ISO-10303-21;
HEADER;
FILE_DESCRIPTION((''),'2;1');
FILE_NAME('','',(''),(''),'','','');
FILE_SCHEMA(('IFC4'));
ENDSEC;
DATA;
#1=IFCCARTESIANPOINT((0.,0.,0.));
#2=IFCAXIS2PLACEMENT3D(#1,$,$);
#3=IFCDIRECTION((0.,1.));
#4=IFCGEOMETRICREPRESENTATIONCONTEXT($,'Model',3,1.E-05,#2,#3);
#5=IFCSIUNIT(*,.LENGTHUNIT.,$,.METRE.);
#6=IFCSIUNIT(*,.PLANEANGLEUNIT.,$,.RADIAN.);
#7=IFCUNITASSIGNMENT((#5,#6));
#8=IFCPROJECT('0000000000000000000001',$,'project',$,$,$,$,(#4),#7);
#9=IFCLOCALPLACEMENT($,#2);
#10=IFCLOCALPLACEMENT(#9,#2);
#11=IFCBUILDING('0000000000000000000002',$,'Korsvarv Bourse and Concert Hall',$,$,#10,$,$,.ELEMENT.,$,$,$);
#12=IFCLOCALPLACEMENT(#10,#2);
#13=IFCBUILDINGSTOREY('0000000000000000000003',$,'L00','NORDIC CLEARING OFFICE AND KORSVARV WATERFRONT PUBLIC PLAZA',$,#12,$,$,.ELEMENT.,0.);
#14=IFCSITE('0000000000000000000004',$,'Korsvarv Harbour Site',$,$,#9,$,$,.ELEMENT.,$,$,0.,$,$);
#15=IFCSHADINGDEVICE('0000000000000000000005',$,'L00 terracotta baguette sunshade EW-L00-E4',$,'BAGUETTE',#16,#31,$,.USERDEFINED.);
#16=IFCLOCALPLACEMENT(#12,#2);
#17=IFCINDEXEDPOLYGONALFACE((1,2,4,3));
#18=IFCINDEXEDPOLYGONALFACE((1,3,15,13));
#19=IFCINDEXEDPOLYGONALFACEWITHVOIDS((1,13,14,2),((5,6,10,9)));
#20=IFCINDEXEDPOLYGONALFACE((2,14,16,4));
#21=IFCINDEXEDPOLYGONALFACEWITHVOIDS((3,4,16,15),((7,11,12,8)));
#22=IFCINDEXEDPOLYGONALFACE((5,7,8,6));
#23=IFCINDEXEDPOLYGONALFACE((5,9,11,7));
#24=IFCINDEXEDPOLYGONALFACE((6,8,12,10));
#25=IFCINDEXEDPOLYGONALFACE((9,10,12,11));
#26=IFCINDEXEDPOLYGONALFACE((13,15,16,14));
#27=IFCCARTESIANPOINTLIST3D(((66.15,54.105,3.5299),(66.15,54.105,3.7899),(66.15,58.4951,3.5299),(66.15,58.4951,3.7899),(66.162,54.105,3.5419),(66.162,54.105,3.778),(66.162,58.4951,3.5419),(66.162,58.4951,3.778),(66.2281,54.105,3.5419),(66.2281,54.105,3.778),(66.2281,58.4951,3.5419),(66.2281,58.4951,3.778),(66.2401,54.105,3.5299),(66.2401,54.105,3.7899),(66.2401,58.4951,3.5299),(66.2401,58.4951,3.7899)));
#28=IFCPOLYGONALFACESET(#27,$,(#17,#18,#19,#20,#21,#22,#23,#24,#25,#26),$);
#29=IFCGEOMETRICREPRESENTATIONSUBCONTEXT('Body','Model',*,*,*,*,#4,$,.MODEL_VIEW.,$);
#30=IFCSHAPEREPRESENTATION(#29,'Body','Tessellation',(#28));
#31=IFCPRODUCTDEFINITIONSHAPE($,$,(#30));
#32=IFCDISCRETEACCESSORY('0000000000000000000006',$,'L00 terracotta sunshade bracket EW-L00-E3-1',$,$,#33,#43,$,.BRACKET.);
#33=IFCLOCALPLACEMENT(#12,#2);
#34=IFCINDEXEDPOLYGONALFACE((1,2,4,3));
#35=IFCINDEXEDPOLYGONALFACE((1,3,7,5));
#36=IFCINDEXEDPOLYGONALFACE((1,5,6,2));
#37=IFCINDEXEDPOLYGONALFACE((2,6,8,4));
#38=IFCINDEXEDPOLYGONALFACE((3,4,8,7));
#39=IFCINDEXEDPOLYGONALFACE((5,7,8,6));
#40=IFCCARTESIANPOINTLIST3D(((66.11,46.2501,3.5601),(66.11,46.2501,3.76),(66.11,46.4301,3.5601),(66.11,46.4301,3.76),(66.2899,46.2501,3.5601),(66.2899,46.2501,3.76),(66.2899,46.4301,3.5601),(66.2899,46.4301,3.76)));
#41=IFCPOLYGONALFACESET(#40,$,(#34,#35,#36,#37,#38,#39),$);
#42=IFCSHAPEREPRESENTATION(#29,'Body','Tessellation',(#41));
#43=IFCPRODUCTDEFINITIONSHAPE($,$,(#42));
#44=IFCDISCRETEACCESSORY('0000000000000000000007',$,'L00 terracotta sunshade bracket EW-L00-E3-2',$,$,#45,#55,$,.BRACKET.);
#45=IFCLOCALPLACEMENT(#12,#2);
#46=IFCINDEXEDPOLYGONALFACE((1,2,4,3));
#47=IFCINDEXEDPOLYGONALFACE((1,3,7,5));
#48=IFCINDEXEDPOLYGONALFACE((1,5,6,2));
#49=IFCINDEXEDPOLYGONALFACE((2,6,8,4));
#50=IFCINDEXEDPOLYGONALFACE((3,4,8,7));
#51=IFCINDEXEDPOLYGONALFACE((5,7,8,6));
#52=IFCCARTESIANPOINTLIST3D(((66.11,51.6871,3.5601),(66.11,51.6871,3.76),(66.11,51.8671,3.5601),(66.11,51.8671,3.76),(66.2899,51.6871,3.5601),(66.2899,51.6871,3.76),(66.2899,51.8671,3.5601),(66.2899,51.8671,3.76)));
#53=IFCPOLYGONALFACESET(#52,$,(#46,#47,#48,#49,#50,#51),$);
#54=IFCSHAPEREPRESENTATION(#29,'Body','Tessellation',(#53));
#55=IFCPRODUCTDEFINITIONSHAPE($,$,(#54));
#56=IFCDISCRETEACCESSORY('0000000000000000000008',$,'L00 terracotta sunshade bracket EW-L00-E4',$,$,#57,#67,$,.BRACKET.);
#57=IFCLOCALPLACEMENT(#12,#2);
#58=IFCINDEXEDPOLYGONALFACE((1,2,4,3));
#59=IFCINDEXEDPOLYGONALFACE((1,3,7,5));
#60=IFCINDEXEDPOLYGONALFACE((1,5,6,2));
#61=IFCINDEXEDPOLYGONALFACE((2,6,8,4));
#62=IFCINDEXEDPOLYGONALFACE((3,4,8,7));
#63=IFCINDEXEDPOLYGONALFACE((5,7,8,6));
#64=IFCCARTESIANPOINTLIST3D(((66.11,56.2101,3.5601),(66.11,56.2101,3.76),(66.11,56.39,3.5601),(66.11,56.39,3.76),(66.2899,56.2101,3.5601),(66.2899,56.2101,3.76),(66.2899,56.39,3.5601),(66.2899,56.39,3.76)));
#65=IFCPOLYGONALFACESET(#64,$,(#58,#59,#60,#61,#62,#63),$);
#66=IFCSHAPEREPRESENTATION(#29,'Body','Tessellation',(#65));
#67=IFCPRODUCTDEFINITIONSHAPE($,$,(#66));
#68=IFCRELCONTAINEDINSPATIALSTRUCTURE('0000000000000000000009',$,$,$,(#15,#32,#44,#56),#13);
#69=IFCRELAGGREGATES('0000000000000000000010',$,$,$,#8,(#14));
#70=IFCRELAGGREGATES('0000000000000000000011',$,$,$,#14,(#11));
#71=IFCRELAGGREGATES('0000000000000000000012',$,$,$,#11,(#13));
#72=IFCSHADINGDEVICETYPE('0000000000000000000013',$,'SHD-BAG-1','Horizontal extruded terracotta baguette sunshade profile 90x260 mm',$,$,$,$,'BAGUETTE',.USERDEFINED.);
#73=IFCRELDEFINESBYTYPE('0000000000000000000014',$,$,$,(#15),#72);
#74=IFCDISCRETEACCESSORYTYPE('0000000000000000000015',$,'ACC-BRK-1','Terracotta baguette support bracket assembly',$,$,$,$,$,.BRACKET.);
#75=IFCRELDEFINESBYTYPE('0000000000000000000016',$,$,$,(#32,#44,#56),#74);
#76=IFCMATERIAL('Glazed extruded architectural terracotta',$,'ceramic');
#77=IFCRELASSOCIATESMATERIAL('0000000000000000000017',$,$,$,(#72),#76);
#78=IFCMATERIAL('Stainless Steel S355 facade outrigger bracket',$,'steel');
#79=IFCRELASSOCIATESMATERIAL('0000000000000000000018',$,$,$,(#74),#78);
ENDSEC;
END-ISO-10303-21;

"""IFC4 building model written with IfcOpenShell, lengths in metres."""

from ifc_helpers import new_model, si_unit, direction, frame, origin, origin_2d, place, context, subcontext, project, spatial, rectangle, hollow_rectangle, extrude, source, transform, mapped, material, material_profile, profile_set, type_object, element, save


model = new_model("IFC4")

# Units and contexts
model_context = context("Model", 3, precision=1e-05, world=origin(), true_north=direction((0.0, 1.0)))
body_context = subcontext(model_context, "Body", "Model", "MODEL_VIEW")
ifc_project = project(units=[si_unit("LENGTHUNIT", "METRE"), si_unit("PLANEANGLEUNIT", "RADIAN")], contexts=[model_context])

# Site, building, storey
site_placement = place(None, origin())
site = spatial("IfcSite", under=ifc_project, at=site_placement, Name="Korsvarv Harbour Site", CompositionType="ELEMENT", RefElevation=0.0)
building_placement = place(site_placement, origin())
building = spatial("IfcBuilding", under=site, at=building_placement, Name="Korsvarv Bourse and Concert Hall", CompositionType="ELEMENT")
storey_placement = place(building_placement, origin())
storey = spatial("IfcBuildingStorey", under=building, at=storey_placement, Name="L00", Description="NORDIC CLEARING OFFICE AND KORSVARV WATERFRONT PUBLIC PLAZA", CompositionType="ELEMENT", Elevation=0.0)

# Shading device
ifc_material_1 = material(Name="Glazed extruded architectural terracotta", Category="ceramic")
ifc_material_profile_1 = material_profile(ifc_material_1, hollow_rectangle(XDim=0.0901, YDim=0.26, WallThickness=0.012, at=origin_2d()), Name="TC-BAG 90x260")
ifc_profile_set_1 = profile_set([ifc_material_profile_1], Name="Glazed extruded architectural terracotta")
shading_device_type = type_object("IfcShadingDeviceType", Name="SHD-BAG-1", Description="Horizontal extruded terracotta baguette sunshade profile 90x260 mm", ElementType="BAGUETTE", PredefinedType="USERDEFINED", material=ifc_profile_set_1)
shared_shape_1 = source(origin(), body_context, "Body", "SweptSolid", [
    extrude(hollow_rectangle(XDim=0.0901, YDim=0.26, WallThickness=0.012, at=origin_2d()), origin(), (0.0, 0.0, 1.0), 4.3901),
])
shading_device_1_placement = place(storey_placement, frame((66.1951, 54.105, 3.6599), z_axis=(0.0, 1.0, 0.0), x_axis=(-1.0, 0.0, 0.0)))
element("IfcShadingDevice", 1, at=shading_device_1_placement, inside=storey, type_object=shading_device_type, Name="L00 terracotta baguette sunshade EW-L00-E4", ObjectType="BAGUETTE", PredefinedType="USERDEFINED", context=body_context, shape_type="MappedRepresentation", body=[
    mapped(shared_shape_1, transform((0.0, 0.0, 0.0), scale=1.0)),
])

# Discrete accessories
ifc_material_2 = material(Name="Stainless Steel S355 facade outrigger bracket", Category="steel")
discrete_accessory_type = type_object("IfcDiscreteAccessoryType", Name="ACC-BRK-1", Description="Terracotta baguette support bracket assembly", PredefinedType="BRACKET", material=ifc_material_2)
shared_shape_2 = source(origin(), body_context, "Body", "SweptSolid", [
    extrude(rectangle(XDim=0.1799, YDim=0.1799, at=origin_2d()), origin(), (0.0, 0.0, 1.0), 0.2),
])
for number, where, z_axis, x_axis, name in (
    (2, (66.2, 46.3401, 3.5601), (0.0, 0.0, 1.0), (0.0, 1.0, 0.0), "L00 terracotta sunshade bracket EW-L00-E3-1"),
    (3, (66.2, 51.7771, 3.5601), (0.0, 0.0, 1.0), (0.0, 1.0, 0.0), "L00 terracotta sunshade bracket EW-L00-E3-2"),
    (4, (66.2, 56.3, 3.5601), (0.0, 0.0, 1.0), (0.0, 1.0, 0.0), "L00 terracotta sunshade bracket EW-L00-E4"),
):
    element("IfcDiscreteAccessory", number, at=place(storey_placement, frame(where, z_axis=z_axis, x_axis=x_axis)), inside=storey, type_object=discrete_accessory_type, Name=name, PredefinedType="BRACKET", context=body_context, shape_type="MappedRepresentation", body=[
        mapped(shared_shape_2, transform((0.0, 0.0, 0.0), scale=1.0)),
    ])

save(model, "model.ifc")
